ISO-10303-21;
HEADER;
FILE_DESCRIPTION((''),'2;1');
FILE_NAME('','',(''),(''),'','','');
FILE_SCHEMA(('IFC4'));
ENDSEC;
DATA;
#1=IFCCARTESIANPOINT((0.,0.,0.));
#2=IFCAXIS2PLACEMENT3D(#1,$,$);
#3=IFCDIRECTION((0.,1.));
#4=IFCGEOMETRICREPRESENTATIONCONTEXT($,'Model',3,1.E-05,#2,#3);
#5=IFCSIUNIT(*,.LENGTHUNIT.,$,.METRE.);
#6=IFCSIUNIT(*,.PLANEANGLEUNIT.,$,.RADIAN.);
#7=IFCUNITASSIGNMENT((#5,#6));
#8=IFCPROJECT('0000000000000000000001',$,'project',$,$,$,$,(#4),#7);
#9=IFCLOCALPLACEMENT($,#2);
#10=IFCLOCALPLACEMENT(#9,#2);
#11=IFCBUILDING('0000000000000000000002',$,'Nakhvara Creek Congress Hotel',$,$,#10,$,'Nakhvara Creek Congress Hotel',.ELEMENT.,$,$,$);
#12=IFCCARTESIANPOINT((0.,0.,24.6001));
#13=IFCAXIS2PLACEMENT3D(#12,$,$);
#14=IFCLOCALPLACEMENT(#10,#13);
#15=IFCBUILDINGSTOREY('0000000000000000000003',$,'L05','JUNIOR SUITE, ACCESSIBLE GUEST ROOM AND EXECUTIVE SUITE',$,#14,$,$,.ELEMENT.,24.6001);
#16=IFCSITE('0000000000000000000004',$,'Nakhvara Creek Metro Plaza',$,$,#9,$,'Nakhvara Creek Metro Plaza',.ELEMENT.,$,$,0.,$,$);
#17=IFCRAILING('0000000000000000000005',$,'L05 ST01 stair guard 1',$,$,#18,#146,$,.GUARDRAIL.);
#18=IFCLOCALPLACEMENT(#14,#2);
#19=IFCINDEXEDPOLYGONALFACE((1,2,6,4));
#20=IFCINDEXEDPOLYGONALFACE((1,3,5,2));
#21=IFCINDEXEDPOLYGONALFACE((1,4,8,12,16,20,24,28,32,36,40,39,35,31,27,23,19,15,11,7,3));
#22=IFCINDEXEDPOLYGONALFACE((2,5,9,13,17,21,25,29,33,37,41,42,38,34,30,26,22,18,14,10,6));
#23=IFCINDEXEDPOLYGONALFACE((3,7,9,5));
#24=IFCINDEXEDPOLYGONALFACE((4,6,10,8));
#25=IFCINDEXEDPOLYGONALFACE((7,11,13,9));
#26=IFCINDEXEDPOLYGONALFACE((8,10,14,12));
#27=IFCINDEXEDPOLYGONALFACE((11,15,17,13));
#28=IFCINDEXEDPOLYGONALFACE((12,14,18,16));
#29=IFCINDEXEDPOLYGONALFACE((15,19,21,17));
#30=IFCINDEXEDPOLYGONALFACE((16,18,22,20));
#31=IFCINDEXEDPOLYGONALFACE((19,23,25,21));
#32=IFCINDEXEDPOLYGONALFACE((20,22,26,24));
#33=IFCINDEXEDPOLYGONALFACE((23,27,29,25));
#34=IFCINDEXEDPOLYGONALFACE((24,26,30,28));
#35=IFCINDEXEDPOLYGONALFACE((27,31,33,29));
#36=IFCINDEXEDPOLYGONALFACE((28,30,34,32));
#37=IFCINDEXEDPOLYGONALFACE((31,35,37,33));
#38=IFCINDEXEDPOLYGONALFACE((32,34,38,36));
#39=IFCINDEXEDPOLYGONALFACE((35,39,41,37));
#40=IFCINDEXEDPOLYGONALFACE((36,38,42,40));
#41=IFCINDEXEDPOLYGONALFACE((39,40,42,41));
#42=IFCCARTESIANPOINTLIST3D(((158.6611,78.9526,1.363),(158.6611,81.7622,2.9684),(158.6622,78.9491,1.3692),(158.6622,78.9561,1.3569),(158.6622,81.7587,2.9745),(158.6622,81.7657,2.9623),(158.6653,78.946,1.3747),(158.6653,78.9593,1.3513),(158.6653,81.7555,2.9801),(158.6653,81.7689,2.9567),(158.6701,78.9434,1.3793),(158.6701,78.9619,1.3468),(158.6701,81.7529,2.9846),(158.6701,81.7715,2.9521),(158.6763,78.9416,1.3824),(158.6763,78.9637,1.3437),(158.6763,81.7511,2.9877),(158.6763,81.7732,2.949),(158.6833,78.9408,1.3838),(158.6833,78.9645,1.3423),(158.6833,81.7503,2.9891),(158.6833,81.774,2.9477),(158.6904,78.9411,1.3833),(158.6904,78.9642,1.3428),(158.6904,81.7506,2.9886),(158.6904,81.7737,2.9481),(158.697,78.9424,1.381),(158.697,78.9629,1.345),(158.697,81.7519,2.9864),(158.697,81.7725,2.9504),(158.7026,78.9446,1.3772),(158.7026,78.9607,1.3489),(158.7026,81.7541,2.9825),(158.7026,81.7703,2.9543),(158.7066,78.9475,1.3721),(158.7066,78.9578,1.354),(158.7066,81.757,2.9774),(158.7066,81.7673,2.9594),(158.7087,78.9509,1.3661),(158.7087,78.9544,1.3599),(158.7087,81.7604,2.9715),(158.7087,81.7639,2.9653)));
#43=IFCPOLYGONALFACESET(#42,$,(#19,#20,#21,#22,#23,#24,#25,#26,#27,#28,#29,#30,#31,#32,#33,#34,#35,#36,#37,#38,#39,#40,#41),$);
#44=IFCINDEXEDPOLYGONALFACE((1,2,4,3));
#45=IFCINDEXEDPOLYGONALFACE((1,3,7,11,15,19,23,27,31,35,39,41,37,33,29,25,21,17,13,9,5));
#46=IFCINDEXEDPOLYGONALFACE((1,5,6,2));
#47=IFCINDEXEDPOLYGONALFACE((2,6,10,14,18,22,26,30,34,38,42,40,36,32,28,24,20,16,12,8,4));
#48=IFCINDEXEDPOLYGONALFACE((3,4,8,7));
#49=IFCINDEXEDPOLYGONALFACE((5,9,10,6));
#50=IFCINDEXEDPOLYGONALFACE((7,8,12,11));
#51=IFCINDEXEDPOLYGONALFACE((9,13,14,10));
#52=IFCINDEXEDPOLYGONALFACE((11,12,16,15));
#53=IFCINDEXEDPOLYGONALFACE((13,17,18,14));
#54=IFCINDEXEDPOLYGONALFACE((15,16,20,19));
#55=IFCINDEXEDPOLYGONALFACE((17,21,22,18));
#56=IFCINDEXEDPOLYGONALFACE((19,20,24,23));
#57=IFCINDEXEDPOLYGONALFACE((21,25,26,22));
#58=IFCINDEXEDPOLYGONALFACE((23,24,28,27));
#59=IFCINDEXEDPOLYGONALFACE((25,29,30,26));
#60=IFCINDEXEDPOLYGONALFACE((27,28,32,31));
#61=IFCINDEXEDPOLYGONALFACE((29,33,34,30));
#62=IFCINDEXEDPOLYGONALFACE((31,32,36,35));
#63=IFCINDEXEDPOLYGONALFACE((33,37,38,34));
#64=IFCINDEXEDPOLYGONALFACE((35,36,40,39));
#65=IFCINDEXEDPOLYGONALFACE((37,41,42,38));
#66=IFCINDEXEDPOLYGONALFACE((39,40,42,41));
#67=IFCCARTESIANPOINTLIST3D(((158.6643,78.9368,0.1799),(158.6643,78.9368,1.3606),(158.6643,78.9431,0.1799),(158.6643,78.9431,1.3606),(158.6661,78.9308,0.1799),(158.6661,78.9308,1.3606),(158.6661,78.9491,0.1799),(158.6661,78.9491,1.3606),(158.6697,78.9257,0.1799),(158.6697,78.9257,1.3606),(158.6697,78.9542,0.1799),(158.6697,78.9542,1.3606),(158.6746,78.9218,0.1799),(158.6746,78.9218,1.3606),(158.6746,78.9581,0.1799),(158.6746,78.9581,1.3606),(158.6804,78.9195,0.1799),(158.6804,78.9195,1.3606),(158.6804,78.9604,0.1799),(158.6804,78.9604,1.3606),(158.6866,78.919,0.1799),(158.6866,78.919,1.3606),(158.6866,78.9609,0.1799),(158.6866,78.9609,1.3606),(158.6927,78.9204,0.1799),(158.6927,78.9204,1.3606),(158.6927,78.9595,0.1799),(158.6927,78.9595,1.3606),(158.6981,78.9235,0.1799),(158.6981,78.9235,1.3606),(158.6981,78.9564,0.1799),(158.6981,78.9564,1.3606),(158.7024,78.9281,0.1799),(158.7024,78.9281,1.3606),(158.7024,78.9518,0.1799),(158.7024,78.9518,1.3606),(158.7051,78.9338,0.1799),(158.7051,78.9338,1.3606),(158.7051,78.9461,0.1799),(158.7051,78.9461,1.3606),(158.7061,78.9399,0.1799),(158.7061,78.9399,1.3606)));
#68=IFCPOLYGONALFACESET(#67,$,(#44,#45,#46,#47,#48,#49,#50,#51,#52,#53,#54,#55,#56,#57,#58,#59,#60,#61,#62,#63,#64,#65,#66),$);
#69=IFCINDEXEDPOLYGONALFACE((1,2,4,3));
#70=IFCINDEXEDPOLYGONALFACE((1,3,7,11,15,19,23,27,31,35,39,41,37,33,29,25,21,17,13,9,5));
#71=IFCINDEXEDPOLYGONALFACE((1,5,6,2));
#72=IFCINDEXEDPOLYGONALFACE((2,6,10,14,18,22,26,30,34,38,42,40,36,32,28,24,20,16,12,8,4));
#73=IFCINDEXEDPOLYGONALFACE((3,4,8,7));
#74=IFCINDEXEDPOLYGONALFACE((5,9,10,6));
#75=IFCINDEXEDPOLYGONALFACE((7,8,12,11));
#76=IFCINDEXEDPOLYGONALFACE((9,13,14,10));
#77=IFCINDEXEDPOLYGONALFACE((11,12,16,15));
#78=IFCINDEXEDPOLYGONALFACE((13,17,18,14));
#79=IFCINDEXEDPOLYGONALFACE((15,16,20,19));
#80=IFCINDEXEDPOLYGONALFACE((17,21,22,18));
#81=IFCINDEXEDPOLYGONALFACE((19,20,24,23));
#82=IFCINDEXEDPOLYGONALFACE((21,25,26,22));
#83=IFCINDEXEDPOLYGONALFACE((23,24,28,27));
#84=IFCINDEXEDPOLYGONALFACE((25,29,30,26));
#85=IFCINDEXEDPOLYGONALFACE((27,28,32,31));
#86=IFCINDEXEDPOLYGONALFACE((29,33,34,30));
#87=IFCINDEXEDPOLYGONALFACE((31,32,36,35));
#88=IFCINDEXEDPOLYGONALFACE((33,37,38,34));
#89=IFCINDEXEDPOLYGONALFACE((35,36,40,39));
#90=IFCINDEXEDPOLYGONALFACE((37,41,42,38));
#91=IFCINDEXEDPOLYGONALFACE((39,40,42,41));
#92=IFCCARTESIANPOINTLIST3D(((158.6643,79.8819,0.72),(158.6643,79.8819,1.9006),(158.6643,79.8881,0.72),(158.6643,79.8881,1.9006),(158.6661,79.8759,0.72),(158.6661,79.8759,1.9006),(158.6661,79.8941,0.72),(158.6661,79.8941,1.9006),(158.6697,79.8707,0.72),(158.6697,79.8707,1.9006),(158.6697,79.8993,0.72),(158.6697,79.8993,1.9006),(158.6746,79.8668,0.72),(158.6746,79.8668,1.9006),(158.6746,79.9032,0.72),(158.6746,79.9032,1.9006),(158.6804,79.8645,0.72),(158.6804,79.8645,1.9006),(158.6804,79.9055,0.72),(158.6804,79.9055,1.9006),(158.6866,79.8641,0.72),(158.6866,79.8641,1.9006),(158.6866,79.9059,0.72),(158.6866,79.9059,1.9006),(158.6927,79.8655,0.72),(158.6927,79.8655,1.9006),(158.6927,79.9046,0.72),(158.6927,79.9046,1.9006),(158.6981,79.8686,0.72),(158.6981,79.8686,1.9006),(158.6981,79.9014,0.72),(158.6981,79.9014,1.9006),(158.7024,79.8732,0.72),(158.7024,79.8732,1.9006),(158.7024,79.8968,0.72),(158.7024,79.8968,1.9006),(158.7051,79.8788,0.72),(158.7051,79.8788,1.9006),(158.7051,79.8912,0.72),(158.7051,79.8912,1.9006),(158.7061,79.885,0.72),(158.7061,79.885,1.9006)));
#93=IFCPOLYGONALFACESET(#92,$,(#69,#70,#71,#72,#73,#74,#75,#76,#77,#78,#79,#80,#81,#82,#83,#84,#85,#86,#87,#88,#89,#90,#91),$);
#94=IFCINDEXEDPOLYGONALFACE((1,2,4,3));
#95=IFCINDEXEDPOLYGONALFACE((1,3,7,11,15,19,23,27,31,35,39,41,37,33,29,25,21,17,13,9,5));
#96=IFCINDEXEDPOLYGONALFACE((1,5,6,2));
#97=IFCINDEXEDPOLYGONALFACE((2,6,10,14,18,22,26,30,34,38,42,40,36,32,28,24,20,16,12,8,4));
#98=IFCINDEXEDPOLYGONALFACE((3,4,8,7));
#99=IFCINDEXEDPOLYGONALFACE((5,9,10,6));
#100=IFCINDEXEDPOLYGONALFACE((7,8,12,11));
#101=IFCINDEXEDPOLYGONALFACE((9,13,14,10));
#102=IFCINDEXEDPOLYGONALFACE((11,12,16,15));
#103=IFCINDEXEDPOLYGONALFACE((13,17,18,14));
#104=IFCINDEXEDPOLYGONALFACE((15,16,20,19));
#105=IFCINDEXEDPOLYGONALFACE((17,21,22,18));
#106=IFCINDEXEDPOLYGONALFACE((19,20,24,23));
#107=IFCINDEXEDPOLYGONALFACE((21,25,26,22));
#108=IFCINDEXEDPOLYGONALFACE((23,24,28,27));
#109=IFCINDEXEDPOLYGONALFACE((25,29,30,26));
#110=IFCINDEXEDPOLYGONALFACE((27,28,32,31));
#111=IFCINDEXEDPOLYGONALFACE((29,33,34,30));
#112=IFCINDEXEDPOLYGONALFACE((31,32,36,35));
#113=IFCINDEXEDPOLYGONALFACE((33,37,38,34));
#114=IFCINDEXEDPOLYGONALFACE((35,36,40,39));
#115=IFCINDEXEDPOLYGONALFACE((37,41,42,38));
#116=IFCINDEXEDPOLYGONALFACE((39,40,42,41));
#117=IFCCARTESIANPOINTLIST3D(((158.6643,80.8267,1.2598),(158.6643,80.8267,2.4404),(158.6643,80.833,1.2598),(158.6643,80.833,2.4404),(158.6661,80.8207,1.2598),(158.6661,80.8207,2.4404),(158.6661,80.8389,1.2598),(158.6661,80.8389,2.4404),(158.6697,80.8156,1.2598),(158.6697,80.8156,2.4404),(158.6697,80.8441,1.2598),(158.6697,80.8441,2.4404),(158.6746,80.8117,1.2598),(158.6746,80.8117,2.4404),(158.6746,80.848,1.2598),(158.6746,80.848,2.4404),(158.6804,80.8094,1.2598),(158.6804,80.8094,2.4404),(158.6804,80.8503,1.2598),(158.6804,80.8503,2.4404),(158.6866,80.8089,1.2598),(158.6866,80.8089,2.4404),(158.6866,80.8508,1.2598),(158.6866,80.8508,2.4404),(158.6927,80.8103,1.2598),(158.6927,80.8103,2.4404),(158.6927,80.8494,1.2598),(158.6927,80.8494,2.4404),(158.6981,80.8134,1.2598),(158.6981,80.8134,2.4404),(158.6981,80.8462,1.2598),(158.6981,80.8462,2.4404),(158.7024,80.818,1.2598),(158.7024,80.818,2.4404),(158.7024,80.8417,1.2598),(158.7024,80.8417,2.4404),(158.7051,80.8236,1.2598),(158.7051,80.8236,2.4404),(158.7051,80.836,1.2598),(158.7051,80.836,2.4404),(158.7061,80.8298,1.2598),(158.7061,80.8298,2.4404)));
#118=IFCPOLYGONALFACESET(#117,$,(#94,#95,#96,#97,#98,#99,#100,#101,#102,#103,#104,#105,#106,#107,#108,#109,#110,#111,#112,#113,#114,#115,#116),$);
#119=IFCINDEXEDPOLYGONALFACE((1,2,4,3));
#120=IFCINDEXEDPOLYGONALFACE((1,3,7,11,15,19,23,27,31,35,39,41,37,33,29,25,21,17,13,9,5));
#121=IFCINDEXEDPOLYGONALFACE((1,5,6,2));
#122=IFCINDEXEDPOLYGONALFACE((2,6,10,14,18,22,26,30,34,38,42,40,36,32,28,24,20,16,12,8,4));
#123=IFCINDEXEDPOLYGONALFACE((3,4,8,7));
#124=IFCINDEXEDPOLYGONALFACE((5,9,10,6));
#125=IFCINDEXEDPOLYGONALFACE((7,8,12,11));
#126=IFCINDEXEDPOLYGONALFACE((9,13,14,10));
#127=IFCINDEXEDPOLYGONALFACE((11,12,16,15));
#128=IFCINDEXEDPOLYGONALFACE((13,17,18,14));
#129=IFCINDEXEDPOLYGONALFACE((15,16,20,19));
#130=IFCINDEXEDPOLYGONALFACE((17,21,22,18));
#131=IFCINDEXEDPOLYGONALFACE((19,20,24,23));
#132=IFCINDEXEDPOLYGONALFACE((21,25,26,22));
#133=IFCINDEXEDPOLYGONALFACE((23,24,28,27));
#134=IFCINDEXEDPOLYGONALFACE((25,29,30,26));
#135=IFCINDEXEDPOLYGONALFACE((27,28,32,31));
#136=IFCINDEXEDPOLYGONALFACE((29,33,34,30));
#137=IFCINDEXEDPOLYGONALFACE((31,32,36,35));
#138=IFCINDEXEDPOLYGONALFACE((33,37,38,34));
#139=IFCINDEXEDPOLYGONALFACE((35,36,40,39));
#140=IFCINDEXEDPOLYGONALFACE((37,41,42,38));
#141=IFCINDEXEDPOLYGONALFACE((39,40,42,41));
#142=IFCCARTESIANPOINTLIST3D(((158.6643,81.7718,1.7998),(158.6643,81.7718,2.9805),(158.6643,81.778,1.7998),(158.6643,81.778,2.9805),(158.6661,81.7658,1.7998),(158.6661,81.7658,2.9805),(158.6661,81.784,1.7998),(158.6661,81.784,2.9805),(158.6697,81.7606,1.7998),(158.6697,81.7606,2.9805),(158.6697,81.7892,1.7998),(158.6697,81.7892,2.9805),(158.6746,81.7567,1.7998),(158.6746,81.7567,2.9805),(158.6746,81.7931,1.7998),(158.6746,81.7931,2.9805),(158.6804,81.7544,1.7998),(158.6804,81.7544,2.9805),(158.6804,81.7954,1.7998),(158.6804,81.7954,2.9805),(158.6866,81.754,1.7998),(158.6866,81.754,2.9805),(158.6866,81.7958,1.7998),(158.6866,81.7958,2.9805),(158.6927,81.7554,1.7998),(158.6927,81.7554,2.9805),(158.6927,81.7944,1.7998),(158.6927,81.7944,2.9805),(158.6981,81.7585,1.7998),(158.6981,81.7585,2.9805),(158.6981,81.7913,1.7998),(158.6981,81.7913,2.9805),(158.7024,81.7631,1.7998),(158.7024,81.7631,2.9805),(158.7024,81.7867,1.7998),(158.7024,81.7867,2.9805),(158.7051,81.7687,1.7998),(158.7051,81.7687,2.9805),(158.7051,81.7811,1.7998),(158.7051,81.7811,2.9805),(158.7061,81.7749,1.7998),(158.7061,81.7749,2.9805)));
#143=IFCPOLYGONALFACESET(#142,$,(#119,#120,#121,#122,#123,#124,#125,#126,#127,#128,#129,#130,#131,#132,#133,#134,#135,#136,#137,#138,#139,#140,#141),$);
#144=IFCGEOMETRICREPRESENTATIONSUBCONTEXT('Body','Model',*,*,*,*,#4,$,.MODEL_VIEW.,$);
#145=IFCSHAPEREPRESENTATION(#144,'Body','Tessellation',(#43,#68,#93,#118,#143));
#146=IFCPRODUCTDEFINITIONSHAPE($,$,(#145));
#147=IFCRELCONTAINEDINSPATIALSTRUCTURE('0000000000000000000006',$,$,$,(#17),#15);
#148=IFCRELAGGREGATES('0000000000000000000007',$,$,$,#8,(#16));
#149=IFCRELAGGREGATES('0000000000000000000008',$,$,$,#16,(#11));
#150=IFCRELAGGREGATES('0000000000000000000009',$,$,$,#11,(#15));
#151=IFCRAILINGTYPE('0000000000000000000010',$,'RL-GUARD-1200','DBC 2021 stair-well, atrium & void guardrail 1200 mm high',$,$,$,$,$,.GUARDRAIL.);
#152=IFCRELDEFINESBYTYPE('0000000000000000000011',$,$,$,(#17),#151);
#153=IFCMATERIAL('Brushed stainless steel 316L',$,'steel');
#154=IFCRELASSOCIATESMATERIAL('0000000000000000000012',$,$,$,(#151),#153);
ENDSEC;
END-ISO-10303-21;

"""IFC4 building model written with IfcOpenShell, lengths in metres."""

from ifc_helpers import new_model, si_unit, direction, frame, origin, origin_2d, place, context, subcontext, project, spatial, circle, extrude, material, type_object, element, save


model = new_model("IFC4")

# Units and contexts
model_context = context("Model", 3, precision=1e-05, world=origin(), true_north=direction((0.0, 1.0)))
body_context = subcontext(model_context, "Body", "Model", "MODEL_VIEW")
ifc_project = project(units=[si_unit("LENGTHUNIT", "METRE"), si_unit("PLANEANGLEUNIT", "RADIAN")], contexts=[model_context])

# Site, building, storey
site_placement = place(None, origin())
site = spatial("IfcSite", under=ifc_project, at=site_placement, Name="Nakhvara Creek Metro Plaza", LongName="Nakhvara Creek Metro Plaza", CompositionType="ELEMENT", RefElevation=0.0)
building_placement = place(site_placement, origin())
building = spatial("IfcBuilding", under=site, at=building_placement, Name="Nakhvara Creek Congress Hotel", LongName="Nakhvara Creek Congress Hotel", CompositionType="ELEMENT")
storey_placement = place(building_placement, frame((0.0, 0.0, 24.6001)))
storey = spatial("IfcBuildingStorey", under=building, at=storey_placement, Name="L05", Description="JUNIOR SUITE, ACCESSIBLE GUEST ROOM AND EXECUTIVE SUITE", CompositionType="ELEMENT", Elevation=24.6001)

# Railing
ifc_material_1 = material(Name="Brushed stainless steel 316L", Category="steel")
railing_type_1 = type_object("IfcRailingType", Name="RL-GUARD-1200", Description="DBC 2021 stair-well, atrium & void guardrail 1200 mm high", PredefinedType="GUARDRAIL", material=ifc_material_1)
railing_1_placement = place(storey_placement, frame((158.6851, 78.9399, 0.1799)))
element("IfcRailing", 1, at=railing_1_placement, inside=storey, type_object=railing_type_1, Name="L05 ST01 stair guard 1", PredefinedType="GUARDRAIL", context=body_context, shape_type="SweptSolid", body=[
    extrude(circle(Radius=0.0239, at=origin_2d()), frame((0.0, 0.0127, 1.1831), z_axis=(0.0, 0.868257, 0.496115), x_axis=(-1.0, 0.0, 0.0)), (0.0, 0.0, 1.0), 3.2358),
    extrude(circle(Radius=0.021, at=origin_2d()), origin(), (0.0, 0.0, 1.0), 1.1807),
    extrude(circle(Radius=0.021, at=origin_2d()), frame((0.0, 0.9451, 0.54)), (0.0, 0.0, 1.0), 1.1807),
    extrude(circle(Radius=0.021, at=origin_2d()), frame((0.0, 1.8899, 1.0798)), (0.0, 0.0, 1.0), 1.1807),
    extrude(circle(Radius=0.021, at=origin_2d()), frame((0.0, 2.835, 1.6199)), (0.0, 0.0, 1.0), 1.1807),
])

save(model, "model.ifc")
